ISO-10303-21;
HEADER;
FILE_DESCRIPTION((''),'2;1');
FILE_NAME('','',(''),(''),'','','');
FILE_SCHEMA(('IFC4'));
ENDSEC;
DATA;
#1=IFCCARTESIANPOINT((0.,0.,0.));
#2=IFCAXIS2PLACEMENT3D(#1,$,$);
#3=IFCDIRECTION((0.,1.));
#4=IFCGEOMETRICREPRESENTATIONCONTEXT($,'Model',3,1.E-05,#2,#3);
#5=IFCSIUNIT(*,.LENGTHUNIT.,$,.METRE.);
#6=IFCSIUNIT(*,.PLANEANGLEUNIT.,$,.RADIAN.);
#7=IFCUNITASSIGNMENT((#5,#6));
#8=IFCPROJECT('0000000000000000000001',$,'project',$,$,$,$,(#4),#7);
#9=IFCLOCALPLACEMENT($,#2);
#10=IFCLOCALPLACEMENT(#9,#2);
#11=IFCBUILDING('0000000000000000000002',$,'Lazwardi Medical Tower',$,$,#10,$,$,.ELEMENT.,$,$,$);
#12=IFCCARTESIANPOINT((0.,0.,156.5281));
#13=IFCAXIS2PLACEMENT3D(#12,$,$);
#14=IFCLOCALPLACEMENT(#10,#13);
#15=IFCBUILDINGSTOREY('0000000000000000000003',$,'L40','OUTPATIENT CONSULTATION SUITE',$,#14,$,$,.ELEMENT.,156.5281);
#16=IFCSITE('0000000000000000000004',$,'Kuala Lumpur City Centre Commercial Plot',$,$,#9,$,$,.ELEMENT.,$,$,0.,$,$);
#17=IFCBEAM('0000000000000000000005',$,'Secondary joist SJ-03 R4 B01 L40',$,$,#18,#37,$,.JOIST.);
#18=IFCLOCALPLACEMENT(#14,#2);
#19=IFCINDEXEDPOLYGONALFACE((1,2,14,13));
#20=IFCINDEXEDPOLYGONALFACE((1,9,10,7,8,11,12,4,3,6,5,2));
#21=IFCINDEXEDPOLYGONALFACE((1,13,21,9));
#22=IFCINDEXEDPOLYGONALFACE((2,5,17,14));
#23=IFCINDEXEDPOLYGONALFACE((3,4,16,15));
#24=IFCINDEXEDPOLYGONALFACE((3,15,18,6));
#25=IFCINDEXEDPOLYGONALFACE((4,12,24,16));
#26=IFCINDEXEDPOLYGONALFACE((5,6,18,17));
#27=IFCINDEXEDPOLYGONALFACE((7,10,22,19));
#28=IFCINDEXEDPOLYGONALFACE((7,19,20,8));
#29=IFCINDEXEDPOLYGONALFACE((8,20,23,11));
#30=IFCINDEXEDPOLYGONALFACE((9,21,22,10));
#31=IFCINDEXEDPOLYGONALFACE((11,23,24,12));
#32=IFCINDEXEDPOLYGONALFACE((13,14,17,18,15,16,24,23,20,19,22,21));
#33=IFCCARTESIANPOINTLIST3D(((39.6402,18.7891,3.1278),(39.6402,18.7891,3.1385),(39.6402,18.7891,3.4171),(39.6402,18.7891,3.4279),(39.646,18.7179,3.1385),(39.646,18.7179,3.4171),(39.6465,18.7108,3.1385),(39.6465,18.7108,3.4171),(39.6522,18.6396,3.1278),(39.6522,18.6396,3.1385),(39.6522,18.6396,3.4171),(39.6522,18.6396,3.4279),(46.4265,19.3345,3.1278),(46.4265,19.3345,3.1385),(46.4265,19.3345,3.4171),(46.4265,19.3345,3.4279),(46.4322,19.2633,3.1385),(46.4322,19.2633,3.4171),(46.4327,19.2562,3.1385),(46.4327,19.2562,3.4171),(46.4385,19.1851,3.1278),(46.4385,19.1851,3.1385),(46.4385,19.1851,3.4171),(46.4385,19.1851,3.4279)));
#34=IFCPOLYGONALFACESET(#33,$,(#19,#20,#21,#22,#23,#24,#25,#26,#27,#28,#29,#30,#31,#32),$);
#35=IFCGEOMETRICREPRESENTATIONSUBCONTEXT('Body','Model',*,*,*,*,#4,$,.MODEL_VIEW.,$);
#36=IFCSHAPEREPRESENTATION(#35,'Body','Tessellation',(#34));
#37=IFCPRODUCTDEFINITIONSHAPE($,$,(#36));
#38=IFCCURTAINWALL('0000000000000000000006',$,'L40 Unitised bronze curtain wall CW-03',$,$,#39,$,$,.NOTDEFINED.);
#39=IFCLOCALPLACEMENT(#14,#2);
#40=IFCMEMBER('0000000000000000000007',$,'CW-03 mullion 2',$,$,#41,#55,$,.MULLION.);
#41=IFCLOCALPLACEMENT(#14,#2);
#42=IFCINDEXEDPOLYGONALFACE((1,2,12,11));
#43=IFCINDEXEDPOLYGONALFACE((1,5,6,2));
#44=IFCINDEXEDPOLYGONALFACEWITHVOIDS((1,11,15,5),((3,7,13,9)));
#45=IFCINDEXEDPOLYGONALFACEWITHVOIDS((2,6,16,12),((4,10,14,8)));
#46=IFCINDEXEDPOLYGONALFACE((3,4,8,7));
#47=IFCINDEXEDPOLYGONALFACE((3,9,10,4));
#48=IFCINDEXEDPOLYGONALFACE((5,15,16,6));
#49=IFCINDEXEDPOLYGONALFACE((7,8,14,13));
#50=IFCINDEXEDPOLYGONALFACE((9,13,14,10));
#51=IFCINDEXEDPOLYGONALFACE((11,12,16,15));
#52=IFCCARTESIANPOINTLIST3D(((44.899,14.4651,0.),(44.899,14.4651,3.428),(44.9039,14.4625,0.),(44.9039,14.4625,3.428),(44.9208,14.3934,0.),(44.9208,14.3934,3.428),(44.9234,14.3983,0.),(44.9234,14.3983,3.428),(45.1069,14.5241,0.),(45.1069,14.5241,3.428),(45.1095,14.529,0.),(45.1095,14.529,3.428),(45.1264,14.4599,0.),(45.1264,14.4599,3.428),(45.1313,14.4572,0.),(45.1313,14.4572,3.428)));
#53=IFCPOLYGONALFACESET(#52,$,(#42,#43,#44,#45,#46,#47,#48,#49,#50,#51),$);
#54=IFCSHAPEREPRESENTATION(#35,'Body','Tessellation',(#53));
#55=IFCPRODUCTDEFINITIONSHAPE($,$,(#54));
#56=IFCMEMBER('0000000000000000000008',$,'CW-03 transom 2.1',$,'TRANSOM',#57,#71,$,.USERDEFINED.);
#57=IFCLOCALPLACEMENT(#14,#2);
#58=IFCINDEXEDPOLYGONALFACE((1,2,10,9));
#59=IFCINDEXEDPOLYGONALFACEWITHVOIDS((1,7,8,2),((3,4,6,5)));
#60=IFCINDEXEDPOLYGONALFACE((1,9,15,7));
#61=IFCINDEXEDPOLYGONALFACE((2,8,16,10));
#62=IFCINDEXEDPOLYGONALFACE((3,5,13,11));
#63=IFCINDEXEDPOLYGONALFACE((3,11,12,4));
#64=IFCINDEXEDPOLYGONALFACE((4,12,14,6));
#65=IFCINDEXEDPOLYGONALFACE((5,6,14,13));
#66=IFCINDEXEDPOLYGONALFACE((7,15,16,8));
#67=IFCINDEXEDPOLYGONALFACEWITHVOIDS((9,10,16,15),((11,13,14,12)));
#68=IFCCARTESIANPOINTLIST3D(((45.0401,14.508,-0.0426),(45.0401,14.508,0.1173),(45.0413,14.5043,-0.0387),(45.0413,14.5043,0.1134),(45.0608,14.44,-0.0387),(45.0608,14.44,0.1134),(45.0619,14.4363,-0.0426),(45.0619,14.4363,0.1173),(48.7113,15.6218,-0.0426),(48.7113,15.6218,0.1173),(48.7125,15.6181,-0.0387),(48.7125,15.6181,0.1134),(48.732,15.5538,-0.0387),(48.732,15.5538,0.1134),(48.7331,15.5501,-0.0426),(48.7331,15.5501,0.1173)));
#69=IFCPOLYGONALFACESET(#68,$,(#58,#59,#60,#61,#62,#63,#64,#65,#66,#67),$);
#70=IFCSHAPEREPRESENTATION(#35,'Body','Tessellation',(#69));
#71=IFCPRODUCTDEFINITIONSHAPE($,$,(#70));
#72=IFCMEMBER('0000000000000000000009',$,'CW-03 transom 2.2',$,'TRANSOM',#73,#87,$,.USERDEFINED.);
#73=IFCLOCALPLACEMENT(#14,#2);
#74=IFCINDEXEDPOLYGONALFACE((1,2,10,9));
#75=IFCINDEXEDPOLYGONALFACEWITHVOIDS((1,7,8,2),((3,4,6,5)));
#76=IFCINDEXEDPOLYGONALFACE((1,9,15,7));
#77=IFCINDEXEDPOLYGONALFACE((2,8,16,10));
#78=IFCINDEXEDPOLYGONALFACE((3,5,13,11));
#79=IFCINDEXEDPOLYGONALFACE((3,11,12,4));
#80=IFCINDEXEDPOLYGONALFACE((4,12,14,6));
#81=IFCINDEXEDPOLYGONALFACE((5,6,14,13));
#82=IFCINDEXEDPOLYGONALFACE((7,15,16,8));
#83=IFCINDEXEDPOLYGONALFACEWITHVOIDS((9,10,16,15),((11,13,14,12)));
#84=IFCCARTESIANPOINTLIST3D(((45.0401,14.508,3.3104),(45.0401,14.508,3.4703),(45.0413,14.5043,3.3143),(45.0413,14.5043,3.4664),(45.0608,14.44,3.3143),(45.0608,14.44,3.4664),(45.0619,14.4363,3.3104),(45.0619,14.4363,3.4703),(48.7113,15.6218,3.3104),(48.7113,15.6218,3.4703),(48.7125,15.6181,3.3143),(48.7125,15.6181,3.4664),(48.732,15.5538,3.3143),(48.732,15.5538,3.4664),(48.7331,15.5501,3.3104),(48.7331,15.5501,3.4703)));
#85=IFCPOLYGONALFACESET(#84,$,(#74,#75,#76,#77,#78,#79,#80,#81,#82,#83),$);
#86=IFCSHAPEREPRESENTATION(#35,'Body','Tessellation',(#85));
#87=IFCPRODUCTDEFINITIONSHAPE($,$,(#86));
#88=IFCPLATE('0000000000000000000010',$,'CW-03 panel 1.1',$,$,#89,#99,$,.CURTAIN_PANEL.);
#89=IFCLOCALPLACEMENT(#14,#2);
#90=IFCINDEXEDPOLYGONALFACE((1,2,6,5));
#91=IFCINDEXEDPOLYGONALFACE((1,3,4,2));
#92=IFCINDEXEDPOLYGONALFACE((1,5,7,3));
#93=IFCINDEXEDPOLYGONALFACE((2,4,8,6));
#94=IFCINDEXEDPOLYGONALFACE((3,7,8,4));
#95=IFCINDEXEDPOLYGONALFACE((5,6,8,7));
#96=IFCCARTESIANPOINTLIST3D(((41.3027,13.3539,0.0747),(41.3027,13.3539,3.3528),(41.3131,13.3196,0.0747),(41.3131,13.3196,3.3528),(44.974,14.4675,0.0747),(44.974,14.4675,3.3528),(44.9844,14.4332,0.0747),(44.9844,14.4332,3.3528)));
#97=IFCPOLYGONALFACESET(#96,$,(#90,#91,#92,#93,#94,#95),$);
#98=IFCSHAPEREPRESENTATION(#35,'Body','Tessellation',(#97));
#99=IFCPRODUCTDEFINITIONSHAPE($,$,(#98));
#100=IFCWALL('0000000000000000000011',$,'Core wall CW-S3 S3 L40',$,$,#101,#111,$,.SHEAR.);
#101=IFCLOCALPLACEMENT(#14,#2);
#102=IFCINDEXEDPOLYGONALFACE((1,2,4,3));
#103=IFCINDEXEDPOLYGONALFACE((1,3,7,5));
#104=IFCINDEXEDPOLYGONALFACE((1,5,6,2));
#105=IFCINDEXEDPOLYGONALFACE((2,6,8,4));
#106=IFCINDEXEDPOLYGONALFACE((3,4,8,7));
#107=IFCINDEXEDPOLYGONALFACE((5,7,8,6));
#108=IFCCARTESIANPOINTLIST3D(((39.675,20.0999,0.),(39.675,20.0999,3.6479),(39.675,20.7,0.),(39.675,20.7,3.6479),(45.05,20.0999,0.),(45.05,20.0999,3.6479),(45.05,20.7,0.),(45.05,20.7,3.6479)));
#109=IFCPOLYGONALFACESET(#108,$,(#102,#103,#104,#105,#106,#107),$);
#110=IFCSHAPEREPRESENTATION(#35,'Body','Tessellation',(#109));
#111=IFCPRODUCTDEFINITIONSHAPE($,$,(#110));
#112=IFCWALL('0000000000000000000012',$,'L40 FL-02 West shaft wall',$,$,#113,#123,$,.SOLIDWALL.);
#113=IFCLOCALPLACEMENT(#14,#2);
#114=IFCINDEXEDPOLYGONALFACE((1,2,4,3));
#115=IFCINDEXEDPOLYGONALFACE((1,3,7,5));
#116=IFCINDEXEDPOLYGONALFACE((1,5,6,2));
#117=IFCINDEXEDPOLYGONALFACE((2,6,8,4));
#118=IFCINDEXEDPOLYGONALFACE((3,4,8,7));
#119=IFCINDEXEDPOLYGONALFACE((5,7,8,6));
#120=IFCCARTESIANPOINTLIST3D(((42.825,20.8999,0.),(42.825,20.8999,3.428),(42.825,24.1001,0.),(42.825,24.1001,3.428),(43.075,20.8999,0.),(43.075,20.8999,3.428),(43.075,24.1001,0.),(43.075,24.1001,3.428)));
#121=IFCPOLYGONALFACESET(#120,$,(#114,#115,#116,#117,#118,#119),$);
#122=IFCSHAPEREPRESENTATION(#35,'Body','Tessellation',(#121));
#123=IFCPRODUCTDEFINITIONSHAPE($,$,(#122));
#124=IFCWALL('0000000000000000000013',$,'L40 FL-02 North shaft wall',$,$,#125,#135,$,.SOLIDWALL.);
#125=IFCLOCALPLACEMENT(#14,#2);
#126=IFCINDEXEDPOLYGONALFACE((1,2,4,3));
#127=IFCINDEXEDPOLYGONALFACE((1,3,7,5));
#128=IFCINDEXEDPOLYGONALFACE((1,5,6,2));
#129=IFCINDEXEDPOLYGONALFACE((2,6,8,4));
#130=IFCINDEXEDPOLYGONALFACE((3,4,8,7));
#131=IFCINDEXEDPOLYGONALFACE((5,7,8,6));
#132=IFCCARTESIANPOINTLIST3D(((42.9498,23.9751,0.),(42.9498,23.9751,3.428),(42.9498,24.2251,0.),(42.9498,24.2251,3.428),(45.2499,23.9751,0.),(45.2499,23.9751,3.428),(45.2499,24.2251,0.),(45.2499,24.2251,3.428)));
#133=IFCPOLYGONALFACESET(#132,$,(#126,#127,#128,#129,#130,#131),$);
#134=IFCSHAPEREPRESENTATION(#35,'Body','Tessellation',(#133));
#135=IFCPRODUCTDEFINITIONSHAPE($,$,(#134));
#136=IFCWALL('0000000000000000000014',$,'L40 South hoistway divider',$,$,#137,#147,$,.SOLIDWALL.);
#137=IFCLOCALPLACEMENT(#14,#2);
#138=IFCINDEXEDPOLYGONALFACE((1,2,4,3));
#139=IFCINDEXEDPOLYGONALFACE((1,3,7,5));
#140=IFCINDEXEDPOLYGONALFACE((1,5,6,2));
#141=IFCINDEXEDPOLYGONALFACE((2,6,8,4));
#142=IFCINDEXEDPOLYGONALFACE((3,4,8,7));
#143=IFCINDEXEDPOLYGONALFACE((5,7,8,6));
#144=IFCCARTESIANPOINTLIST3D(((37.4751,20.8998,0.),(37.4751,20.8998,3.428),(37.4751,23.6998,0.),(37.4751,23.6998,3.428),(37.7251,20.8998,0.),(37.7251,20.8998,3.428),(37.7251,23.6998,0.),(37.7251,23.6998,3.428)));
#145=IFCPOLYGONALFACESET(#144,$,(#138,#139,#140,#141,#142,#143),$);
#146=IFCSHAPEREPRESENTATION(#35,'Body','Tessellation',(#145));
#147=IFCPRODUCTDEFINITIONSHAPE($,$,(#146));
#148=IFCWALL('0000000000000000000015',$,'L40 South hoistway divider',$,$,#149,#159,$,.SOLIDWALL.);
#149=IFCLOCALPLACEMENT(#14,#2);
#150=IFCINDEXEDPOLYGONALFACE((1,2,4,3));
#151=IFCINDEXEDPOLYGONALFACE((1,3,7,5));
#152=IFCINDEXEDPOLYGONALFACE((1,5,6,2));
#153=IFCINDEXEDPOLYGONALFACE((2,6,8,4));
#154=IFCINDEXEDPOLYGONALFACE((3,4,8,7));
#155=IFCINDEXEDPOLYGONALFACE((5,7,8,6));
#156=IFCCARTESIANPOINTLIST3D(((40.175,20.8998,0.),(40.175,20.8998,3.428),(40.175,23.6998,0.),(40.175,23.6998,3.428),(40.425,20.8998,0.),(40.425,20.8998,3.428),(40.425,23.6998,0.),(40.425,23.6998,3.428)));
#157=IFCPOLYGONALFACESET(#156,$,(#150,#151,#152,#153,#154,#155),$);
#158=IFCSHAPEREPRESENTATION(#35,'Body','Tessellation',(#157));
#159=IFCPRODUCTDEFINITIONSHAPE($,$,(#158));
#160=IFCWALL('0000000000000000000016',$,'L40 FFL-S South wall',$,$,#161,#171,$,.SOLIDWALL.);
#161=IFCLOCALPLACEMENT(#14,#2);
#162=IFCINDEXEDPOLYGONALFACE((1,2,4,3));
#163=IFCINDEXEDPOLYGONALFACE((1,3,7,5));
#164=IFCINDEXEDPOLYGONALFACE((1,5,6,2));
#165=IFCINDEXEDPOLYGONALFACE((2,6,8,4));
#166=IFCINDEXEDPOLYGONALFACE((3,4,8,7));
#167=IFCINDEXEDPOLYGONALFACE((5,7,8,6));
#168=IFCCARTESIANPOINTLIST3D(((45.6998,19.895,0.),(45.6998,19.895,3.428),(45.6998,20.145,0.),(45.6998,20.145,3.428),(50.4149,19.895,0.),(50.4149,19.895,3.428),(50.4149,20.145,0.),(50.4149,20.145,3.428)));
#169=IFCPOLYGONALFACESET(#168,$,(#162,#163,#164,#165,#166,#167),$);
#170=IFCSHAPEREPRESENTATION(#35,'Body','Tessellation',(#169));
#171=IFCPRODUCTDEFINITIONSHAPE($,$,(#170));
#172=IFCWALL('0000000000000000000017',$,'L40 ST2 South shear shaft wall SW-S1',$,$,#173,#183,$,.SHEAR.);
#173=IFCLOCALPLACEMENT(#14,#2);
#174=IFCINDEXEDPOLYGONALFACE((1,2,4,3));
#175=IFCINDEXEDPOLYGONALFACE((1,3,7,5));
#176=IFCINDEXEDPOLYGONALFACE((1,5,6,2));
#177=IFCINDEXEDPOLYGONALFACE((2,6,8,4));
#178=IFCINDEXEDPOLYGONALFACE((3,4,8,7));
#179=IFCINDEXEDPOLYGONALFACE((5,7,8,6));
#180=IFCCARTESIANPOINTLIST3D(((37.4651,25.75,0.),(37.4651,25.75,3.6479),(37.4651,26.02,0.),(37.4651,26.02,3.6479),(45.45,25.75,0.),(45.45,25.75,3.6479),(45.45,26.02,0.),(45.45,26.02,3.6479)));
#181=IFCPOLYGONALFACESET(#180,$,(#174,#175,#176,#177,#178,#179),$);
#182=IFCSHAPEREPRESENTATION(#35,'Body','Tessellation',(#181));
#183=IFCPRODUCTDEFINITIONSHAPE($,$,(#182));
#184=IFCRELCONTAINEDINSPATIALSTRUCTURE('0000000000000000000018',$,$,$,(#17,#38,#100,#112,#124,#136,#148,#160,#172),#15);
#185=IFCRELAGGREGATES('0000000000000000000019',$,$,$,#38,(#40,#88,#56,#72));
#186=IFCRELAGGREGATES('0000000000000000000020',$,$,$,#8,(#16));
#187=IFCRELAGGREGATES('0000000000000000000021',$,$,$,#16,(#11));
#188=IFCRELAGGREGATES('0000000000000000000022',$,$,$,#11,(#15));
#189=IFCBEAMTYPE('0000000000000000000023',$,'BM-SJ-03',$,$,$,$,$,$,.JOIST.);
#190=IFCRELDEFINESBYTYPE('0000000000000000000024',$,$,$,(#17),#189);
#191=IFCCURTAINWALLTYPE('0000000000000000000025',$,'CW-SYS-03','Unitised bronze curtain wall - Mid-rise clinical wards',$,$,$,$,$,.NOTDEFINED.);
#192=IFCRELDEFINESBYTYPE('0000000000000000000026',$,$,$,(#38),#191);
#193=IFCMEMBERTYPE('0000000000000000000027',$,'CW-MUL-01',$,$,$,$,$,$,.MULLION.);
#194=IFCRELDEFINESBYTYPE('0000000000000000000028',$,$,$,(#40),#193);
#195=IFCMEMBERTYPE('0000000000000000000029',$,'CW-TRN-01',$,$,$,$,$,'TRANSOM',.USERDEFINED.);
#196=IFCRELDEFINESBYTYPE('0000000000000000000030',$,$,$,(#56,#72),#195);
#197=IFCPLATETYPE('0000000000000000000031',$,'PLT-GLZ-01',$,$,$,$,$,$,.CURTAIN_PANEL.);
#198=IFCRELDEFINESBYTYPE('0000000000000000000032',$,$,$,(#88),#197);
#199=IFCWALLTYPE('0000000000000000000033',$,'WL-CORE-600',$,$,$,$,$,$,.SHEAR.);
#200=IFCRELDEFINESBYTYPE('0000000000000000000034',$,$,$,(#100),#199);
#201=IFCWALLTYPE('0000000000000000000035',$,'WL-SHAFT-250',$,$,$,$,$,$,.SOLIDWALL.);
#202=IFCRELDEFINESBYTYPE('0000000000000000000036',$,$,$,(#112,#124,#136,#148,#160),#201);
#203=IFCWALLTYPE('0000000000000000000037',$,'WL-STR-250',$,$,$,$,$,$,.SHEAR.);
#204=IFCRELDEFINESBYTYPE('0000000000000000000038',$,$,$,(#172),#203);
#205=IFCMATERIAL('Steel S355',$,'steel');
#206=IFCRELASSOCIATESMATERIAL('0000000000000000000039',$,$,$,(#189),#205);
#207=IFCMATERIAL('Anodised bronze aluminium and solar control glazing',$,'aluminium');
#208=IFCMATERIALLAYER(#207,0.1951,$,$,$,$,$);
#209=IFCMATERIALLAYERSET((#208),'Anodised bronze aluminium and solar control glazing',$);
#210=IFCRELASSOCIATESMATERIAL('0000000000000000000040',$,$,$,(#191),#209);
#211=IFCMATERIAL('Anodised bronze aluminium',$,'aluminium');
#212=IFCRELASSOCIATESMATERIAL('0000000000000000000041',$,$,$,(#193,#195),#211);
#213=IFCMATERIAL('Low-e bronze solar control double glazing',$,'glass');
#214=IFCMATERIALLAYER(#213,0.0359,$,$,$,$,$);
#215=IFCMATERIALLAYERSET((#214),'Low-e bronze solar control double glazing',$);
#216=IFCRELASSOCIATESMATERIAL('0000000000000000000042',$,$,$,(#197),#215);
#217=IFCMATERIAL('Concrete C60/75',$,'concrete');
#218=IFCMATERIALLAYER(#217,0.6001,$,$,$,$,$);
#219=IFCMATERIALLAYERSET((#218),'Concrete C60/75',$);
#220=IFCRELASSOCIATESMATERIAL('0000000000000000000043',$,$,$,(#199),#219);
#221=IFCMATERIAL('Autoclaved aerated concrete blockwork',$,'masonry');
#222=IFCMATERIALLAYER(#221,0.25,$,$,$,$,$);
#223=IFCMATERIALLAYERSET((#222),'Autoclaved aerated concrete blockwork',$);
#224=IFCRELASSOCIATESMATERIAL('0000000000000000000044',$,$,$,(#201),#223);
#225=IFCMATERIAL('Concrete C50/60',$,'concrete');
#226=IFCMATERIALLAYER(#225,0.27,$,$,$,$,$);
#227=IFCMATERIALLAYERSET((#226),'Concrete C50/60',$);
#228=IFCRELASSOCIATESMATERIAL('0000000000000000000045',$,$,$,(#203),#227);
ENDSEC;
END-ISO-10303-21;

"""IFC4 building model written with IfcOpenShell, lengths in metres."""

from ifc_helpers import new_model, si_unit, direction, frame, frame_2d, origin, origin_2d, place, context, subcontext, project, spatial, rectangle, hollow_rectangle, i_section, extrude, material, layer, layer_set, material_profile, profile_set, type_object, element, aggregate, save


model = new_model("IFC4")

# Units and contexts
model_context = context("Model", 3, precision=1e-05, world=origin(), true_north=direction((0.0, 1.0)))
body_context = subcontext(model_context, "Body", "Model", "MODEL_VIEW")
ifc_project = project(units=[si_unit("LENGTHUNIT", "METRE"), si_unit("PLANEANGLEUNIT", "RADIAN")], contexts=[model_context])

# Site, building, storey
site_placement = place(None, origin())
site = spatial("IfcSite", under=ifc_project, at=site_placement, Name="Kuala Lumpur City Centre Commercial Plot", CompositionType="ELEMENT", RefElevation=0.0)
building_placement = place(site_placement, origin())
building = spatial("IfcBuilding", under=site, at=building_placement, Name="Lazwardi Medical Tower", CompositionType="ELEMENT")
storey_placement = place(building_placement, frame((0.0, 0.0, 156.5281)))
storey = spatial("IfcBuildingStorey", under=building, at=storey_placement, Name="L40", Description="OUTPATIENT CONSULTATION SUITE", CompositionType="ELEMENT", Elevation=156.5281)

# Shared definitions
ifc_material_1 = material(Name="Concrete C60/75", Category="concrete")

# Beam
ifc_material_2 = material(Name="Steel S355", Category="steel")
ifc_material_profile_1 = material_profile(ifc_material_2, i_section(OverallWidth=0.1499, OverallDepth=0.3, WebThickness=0.0071, FlangeThickness=0.0107, at=origin_2d()), Name="IPE 300")
ifc_profile_set_1 = profile_set([ifc_material_profile_1], Name="Steel S355")
beam_type_1 = type_object("IfcBeamType", Name="BM-SJ-03", PredefinedType="JOIST", material=ifc_profile_set_1)
beam_1_placement = place(storey_placement, frame((39.6462, 18.7144, 3.2778), z_axis=(0.996786, 0.080113, 0.0), x_axis=(-0.080113, 0.996786, 0.0)))
element("IfcBeam", 1, at=beam_1_placement, inside=storey, type_object=beam_type_1, Name="Secondary joist SJ-03 R4 B01 L40", PredefinedType="JOIST", context=body_context, shape_type="SweptSolid", body=[
    extrude(i_section(OverallWidth=0.1499, OverallDepth=0.3, WebThickness=0.0071, FlangeThickness=0.0107, at=origin_2d()), origin(), (0.0, 0.0, 1.0), 6.8081),
])

# Curtain wall, members, plate
ifc_material_3 = material(Name="Anodised bronze aluminium and solar control glazing", Category="aluminium")
ifc_layer_1 = layer(ifc_material_3, 0.1951)
ifc_layer_set_1 = layer_set([ifc_layer_1], Name="Anodised bronze aluminium and solar control glazing")
curtain_wall_type = type_object("IfcCurtainWallType", Name="CW-SYS-03", Description="Unitised bronze curtain wall - Mid-rise clinical wards", PredefinedType="NOTDEFINED", material=ifc_layer_set_1)
curtain_wall_placement = place(storey_placement, origin())
curtain_wall = element("IfcCurtainWall", 2, at=curtain_wall_placement, inside=storey, type_object=curtain_wall_type, Name="L40 Unitised bronze curtain wall CW-03", PredefinedType="NOTDEFINED")
ifc_material_4 = material(Name="Anodised bronze aluminium", Category="aluminium")
ifc_material_profile_2 = material_profile(ifc_material_4, hollow_rectangle(XDim=0.075, YDim=0.22, WallThickness=0.0039, at=origin_2d()), Name="ALU-MULLION 220x75x4")
ifc_profile_set_2 = profile_set([ifc_material_profile_2], Name="Anodised bronze aluminium")
member_type_1 = type_object("IfcMemberType", Name="CW-MUL-01", PredefinedType="MULLION", material=ifc_profile_set_2)
member_1_placement = place(storey_placement, frame((45.0151, 14.4612, 0.0), z_axis=(0.0, 0.0, 1.0), x_axis=(-0.290281, 0.956942, 0.0)))
member_1 = element("IfcMember", 3, at=member_1_placement, type_object=member_type_1, Name="CW-03 mullion 2", PredefinedType="MULLION", context=body_context, shape_type="SweptSolid", body=[
    extrude(hollow_rectangle(XDim=0.075, YDim=0.22, WallThickness=0.0039, at=origin_2d()), origin(), (0.0, 0.0, 1.0), 3.428),
])
ifc_material_profile_3 = material_profile(ifc_material_4, hollow_rectangle(XDim=0.075, YDim=0.1599, WallThickness=0.0039, at=origin_2d()), Name="ALU-TRANSOM 160x75x4")
ifc_profile_set_3 = profile_set([ifc_material_profile_3], Name="Anodised bronze aluminium")
member_type_2 = type_object("IfcMemberType", Name="CW-TRN-01", ElementType="TRANSOM", PredefinedType="USERDEFINED", material=ifc_profile_set_3)
member_2_placement = place(storey_placement, frame((45.051, 14.4722, 0.0374), z_axis=(0.95693, 0.290318, 0.0), x_axis=(-0.290318, 0.95693, 0.0)))
member_2 = element("IfcMember", 4, at=member_2_placement, type_object=member_type_2, Name="CW-03 transom 2.1", ObjectType="TRANSOM", PredefinedType="USERDEFINED", context=body_context, shape_type="SweptSolid", body=[
    extrude(hollow_rectangle(XDim=0.075, YDim=0.1599, WallThickness=0.0039, at=origin_2d()), origin(), (0.0, 0.0, 1.0), 3.8364),
])
member_3_placement = place(storey_placement, frame((45.051, 14.4722, 3.3904), z_axis=(0.95693, 0.290318, 0.0), x_axis=(-0.290318, 0.95693, 0.0)))
member_3 = element("IfcMember", 5, at=member_3_placement, type_object=member_type_2, Name="CW-03 transom 2.2", ObjectType="TRANSOM", PredefinedType="USERDEFINED", context=body_context, shape_type="SweptSolid", body=[
    extrude(hollow_rectangle(XDim=0.075, YDim=0.1599, WallThickness=0.0039, at=origin_2d()), origin(), (0.0, 0.0, 1.0), 3.8364),
])
ifc_material_5 = material(Name="Low-e bronze solar control double glazing", Category="glass")
ifc_layer_2 = layer(ifc_material_5, 0.0359)
ifc_layer_set_2 = layer_set([ifc_layer_2], Name="Low-e bronze solar control double glazing")
plate_type = type_object("IfcPlateType", Name="PLT-GLZ-01", PredefinedType="CURTAIN_PANEL", material=ifc_layer_set_2)
plate_placement = place(storey_placement, frame((43.1436, 13.8936, 0.0747), z_axis=(0.0, 0.0, 1.0), x_axis=(0.956942, 0.290281, 0.0)))
plate = element("IfcPlate", 6, at=plate_placement, type_object=plate_type, Name="CW-03 panel 1.1", PredefinedType="CURTAIN_PANEL", context=body_context, shape_type="SweptSolid", body=[
    extrude(rectangle(XDim=3.8364, YDim=0.0359, at=origin_2d()), origin(), (0.0, 0.0, 1.0), 3.2781),
])
aggregate(curtain_wall, [member_1, plate, member_2, member_3])

# Walls
ifc_layer_3 = layer(ifc_material_1, 0.6001)
ifc_layer_set_3 = layer_set([ifc_layer_3], Name="Concrete C60/75")
wall_type_1 = type_object("IfcWallType", Name="WL-CORE-600", PredefinedType="SHEAR", material=ifc_layer_set_3)
wall_1_placement = place(storey_placement, frame((39.675, 20.3999, 0.0), z_axis=(0.0, 0.0, 1.0), x_axis=(1.0, 0.0, 0.0)))
element("IfcWall", 7, at=wall_1_placement, inside=storey, type_object=wall_type_1, Name="Core wall CW-S3 S3 L40", PredefinedType="SHEAR", context=body_context, shape_type="SweptSolid", body=[
    extrude(rectangle(XDim=5.375, YDim=0.6001, at=frame_2d((2.6875, 0.0))), origin(), (0.0, 0.0, 1.0), 3.6479),
])
ifc_material_6 = material(Name="Autoclaved aerated concrete blockwork", Category="masonry")
ifc_layer_4 = layer(ifc_material_6, 0.25)
ifc_layer_set_4 = layer_set([ifc_layer_4], Name="Autoclaved aerated concrete blockwork")
wall_type_2 = type_object("IfcWallType", Name="WL-SHAFT-250", PredefinedType="SOLIDWALL", material=ifc_layer_set_4)
wall_2_placement = place(storey_placement, frame((42.95, 20.8999, 0.0), z_axis=(0.0, 0.0, 1.0), x_axis=(0.0, 1.0, 0.0)))
element("IfcWall", 8, at=wall_2_placement, inside=storey, type_object=wall_type_2, Name="L40 FL-02 West shaft wall", PredefinedType="SOLIDWALL", context=body_context, shape_type="SweptSolid", body=[
    extrude(rectangle(XDim=3.2002, YDim=0.25, at=frame_2d((1.6001, 0.0))), origin(), (0.0, 0.0, 1.0), 3.428),
])
wall_3_placement = place(storey_placement, frame((42.95, 24.1001, 0.0), z_axis=(0.0, 0.0, 1.0), x_axis=(1.0, 0.0, 0.0)))
element("IfcWall", 9, at=wall_3_placement, inside=storey, type_object=wall_type_2, Name="L40 FL-02 North shaft wall", PredefinedType="SOLIDWALL", context=body_context, shape_type="SweptSolid", body=[
    extrude(rectangle(XDim=2.3, YDim=0.25, at=frame_2d((1.1499, 0.0))), origin(), (0.0, 0.0, 1.0), 3.428),
])
for number, where, z_axis, x_axis, name in (
    (10, (37.6001, 20.8999, 0.0), (0.0, 0.0, 1.0), (0.0, 1.0, 0.0), "L40 South hoistway divider"),
    (11, (40.3, 20.8999, 0.0), (0.0, 0.0, 1.0), (0.0, 1.0, 0.0), "L40 South hoistway divider"),
):
    element("IfcWall", number, at=place(storey_placement, frame(where, z_axis=z_axis, x_axis=x_axis)), inside=storey, type_object=wall_type_2, Name=name, PredefinedType="SOLIDWALL", context=body_context, shape_type="SweptSolid", body=[
        extrude(rectangle(XDim=2.8, YDim=0.25, at=frame_2d((1.3999, 0.0))), origin(), (0.0, 0.0, 1.0), 3.428),
    ])
wall_4_placement = place(storey_placement, frame((45.7, 20.02, 0.0), z_axis=(0.0, 0.0, 1.0), x_axis=(1.0, 0.0, 0.0)))
element("IfcWall", 12, at=wall_4_placement, inside=storey, type_object=wall_type_2, Name="L40 FFL-S South wall", PredefinedType="SOLIDWALL", context=body_context, shape_type="SweptSolid", body=[
    extrude(rectangle(XDim=4.7151, YDim=0.25, at=frame_2d((2.3574, 0.0))), origin(), (0.0, 0.0, 1.0), 3.428),
])
ifc_material_7 = material(Name="Concrete C50/60", Category="concrete")
ifc_layer_5 = layer(ifc_material_7, 0.27)
ifc_layer_set_5 = layer_set([ifc_layer_5], Name="Concrete C50/60")
wall_type_3 = type_object("IfcWallType", Name="WL-STR-250", PredefinedType="SHEAR", material=ifc_layer_set_5)
wall_5_placement = place(storey_placement, frame((37.4651, 25.885, 0.0), z_axis=(0.0, 0.0, 1.0), x_axis=(1.0, 0.0, 0.0)))
element("IfcWall", 13, at=wall_5_placement, inside=storey, type_object=wall_type_3, Name="L40 ST2 South shear shaft wall SW-S1", PredefinedType="SHEAR", context=body_context, shape_type="SweptSolid", body=[
    extrude(rectangle(XDim=7.9849, YDim=0.27, at=frame_2d((3.9924, 0.0))), origin(), (0.0, 0.0, 1.0), 3.6479),
])

save(model, "model.ifc")
